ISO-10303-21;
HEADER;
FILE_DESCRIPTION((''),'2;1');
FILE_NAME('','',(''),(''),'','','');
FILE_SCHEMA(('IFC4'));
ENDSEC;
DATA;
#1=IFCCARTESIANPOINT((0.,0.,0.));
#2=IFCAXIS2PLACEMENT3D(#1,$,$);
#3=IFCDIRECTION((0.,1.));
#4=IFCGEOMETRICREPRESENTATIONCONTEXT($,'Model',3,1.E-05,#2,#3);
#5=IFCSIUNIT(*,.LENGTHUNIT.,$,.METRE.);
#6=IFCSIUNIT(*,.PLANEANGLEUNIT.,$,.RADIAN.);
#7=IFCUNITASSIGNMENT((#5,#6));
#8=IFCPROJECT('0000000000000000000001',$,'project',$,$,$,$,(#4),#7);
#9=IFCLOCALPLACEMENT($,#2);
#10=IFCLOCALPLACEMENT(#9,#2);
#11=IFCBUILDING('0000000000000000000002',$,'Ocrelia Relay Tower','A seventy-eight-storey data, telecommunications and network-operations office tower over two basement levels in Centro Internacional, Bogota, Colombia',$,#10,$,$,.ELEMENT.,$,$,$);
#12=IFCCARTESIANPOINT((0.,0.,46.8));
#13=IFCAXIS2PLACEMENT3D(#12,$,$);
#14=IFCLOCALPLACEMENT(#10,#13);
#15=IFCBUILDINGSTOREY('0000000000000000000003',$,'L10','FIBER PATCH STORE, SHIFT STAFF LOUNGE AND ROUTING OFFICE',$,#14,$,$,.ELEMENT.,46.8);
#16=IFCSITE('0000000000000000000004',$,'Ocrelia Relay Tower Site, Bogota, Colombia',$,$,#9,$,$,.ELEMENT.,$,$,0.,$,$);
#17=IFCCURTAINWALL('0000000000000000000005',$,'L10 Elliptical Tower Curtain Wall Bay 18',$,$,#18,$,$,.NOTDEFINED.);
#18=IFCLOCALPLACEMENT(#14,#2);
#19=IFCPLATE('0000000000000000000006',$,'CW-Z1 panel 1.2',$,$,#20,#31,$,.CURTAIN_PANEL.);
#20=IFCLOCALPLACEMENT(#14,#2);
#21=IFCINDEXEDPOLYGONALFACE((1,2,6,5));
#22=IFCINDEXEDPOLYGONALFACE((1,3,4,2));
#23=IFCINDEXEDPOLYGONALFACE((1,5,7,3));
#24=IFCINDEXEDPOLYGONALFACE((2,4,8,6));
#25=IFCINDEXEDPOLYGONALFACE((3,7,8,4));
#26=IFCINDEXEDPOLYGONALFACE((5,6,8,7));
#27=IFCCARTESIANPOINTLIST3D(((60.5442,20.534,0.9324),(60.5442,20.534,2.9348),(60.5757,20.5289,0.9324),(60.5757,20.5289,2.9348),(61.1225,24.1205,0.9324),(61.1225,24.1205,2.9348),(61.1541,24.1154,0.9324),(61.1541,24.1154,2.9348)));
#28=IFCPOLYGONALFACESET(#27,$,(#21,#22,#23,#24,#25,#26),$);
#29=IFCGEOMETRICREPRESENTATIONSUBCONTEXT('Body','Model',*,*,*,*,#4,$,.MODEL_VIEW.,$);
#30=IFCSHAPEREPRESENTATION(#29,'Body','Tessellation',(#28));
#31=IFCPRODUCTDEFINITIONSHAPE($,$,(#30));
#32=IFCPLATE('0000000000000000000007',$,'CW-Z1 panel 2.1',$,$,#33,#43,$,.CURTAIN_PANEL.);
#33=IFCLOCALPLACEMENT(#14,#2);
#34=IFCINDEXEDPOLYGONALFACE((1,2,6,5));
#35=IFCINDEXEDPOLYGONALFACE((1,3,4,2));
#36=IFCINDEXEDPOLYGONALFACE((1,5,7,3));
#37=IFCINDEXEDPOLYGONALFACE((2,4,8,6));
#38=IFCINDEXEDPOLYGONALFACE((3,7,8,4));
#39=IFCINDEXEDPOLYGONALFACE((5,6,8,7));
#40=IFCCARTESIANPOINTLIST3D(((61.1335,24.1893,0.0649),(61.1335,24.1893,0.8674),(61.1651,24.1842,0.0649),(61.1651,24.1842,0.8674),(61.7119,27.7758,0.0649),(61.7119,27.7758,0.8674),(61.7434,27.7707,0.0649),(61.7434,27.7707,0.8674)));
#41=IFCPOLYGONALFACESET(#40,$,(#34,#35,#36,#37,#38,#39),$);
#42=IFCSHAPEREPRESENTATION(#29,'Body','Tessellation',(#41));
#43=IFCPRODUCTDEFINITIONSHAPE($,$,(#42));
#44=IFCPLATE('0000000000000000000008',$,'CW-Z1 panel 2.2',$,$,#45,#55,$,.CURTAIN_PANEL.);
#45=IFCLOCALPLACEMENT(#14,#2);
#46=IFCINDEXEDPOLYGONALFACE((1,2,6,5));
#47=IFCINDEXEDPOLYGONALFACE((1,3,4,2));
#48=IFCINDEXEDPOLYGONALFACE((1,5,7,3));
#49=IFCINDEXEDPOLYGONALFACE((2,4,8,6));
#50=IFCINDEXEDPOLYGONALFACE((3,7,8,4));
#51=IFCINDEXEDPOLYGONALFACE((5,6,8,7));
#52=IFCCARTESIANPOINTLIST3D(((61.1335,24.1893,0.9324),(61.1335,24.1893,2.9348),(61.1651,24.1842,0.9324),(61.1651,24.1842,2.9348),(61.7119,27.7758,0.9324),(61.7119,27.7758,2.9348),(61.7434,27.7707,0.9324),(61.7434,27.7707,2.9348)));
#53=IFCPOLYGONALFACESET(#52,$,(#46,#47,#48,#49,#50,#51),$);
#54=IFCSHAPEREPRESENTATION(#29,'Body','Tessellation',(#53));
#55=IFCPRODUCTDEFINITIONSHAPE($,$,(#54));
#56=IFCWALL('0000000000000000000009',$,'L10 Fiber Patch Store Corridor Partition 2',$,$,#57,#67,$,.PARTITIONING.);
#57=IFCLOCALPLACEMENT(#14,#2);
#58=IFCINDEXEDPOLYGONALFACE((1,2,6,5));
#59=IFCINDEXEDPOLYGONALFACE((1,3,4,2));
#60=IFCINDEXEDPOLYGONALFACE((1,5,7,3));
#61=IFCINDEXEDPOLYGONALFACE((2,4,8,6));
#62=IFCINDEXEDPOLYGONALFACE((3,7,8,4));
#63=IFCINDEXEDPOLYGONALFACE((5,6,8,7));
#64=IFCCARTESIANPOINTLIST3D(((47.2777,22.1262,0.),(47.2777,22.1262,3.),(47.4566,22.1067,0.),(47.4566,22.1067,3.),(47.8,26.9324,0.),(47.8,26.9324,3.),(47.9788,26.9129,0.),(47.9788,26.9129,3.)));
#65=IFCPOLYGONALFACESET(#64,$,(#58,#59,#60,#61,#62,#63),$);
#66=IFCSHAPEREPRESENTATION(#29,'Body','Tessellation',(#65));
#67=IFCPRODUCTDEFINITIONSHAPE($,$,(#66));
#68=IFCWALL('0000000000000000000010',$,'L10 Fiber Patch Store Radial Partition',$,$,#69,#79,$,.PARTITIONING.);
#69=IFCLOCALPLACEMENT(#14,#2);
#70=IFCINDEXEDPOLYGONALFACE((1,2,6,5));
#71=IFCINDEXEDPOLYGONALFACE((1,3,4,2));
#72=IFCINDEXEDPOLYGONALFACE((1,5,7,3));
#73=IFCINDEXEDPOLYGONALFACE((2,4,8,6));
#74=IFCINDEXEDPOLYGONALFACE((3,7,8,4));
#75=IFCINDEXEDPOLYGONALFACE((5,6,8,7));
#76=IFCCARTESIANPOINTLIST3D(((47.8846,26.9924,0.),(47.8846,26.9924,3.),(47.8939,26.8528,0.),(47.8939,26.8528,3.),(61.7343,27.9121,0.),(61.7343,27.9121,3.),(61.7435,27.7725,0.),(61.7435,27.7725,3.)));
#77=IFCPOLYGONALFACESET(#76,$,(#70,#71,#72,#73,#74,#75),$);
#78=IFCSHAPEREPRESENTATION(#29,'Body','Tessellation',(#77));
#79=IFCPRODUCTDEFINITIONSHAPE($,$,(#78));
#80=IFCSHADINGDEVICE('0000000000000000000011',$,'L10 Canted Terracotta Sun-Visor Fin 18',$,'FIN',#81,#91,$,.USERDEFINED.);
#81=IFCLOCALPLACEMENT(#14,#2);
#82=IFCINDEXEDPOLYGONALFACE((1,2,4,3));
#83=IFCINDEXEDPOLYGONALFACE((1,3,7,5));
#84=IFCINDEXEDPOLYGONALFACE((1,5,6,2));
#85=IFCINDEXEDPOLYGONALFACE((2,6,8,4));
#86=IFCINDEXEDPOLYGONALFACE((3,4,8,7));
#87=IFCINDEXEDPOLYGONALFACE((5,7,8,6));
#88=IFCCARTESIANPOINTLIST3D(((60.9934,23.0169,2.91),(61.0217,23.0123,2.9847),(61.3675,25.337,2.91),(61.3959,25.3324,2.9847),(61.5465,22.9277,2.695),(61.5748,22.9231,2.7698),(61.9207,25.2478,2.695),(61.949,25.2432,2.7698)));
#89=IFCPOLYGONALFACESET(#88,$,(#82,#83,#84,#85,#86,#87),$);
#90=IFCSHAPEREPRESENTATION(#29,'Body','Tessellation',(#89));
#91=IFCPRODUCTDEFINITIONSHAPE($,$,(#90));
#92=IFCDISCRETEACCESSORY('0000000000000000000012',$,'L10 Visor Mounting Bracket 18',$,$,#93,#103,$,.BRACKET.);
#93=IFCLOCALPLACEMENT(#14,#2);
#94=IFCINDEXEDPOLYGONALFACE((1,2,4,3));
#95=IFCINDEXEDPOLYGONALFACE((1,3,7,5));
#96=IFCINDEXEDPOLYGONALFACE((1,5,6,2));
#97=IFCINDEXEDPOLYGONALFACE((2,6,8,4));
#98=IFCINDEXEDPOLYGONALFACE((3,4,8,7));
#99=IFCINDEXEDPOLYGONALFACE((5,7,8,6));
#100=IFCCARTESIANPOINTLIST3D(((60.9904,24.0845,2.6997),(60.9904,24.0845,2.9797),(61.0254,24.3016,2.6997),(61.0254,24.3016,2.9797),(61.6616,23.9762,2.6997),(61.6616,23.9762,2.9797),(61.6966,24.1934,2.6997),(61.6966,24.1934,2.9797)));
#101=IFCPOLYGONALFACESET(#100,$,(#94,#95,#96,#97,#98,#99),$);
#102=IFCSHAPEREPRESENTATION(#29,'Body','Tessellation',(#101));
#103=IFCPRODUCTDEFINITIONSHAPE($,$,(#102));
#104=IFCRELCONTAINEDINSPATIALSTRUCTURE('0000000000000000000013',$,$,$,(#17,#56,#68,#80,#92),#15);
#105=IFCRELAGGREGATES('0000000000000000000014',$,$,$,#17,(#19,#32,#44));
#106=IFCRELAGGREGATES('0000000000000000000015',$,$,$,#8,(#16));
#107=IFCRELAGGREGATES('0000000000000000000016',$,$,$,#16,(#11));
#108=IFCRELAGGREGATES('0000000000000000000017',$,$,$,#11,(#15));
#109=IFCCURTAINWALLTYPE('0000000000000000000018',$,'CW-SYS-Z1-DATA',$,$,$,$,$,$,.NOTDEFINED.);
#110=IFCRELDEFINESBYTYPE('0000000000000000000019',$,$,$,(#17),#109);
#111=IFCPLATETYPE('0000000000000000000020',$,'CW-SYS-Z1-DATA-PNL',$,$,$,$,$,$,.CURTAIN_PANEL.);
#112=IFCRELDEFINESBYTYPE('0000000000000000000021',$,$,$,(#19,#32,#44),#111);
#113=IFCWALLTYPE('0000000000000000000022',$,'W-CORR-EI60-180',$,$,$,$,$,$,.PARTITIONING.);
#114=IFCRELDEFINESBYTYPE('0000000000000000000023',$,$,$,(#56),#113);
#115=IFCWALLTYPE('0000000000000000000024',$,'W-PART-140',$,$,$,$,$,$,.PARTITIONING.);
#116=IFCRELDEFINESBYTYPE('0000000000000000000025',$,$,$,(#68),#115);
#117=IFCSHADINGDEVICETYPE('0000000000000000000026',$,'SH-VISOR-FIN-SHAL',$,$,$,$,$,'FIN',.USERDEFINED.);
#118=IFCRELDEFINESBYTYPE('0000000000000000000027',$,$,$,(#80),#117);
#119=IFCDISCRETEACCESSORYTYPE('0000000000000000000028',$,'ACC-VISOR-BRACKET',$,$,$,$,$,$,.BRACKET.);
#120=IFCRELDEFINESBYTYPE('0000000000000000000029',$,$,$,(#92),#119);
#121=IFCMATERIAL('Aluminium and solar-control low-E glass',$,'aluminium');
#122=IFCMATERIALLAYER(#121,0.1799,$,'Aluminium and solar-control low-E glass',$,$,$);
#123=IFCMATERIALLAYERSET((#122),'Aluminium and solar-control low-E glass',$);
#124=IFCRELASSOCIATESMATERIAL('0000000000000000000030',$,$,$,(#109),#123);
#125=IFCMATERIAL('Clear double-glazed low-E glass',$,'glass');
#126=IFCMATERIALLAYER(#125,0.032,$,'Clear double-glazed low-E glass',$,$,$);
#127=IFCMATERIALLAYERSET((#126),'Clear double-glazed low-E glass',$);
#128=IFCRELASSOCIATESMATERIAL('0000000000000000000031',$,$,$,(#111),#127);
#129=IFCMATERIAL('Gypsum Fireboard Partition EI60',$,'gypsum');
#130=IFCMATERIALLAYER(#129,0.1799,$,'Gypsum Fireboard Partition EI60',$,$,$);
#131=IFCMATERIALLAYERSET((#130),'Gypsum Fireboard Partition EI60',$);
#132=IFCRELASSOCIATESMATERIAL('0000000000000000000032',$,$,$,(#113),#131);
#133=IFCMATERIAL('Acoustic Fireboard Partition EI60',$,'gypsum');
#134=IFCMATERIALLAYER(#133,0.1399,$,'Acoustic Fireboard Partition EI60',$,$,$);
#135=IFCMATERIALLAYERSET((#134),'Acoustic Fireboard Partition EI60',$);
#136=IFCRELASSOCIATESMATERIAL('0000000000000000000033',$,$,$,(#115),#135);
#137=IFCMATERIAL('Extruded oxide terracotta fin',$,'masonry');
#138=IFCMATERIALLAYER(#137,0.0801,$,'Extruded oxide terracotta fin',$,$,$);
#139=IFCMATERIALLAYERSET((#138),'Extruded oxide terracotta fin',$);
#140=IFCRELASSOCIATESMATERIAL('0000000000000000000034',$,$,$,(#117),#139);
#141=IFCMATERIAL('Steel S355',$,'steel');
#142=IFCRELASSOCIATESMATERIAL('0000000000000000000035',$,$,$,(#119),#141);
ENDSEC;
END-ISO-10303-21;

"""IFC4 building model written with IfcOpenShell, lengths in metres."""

from ifc_helpers import new_model, si_unit, direction, frame, frame_2d, origin, origin_2d, place, context, subcontext, project, spatial, rectangle, extrude, material, layer, layer_set, type_object, element, aggregate, save


model = new_model("IFC4")

# Units and contexts
model_context = context("Model", 3, precision=1e-05, world=origin(), true_north=direction((0.0, 1.0)))
body_context = subcontext(model_context, "Body", "Model", "MODEL_VIEW")
ifc_project = project(units=[si_unit("LENGTHUNIT", "METRE"), si_unit("PLANEANGLEUNIT", "RADIAN")], contexts=[model_context])

# Site, building, storey
site_placement = place(None, origin())
site = spatial("IfcSite", under=ifc_project, at=site_placement, Name="Ocrelia Relay Tower Site, Bogota, Colombia", CompositionType="ELEMENT", RefElevation=0.0)
building_placement = place(site_placement, origin())
building = spatial("IfcBuilding", under=site, at=building_placement, Name="Ocrelia Relay Tower", Description="A seventy-eight-storey data, telecommunications and network-operations office tower over two basement levels in Centro Internacional, Bogota, Colombia", CompositionType="ELEMENT")
storey_placement = place(building_placement, frame((0.0, 0.0, 46.8)))
storey = spatial("IfcBuildingStorey", under=building, at=storey_placement, Name="L10", Description="FIBER PATCH STORE, SHIFT STAFF LOUNGE AND ROUTING OFFICE", CompositionType="ELEMENT", Elevation=46.8)

# Shared definitions
ifc_material_1 = material(Name="Steel S355", Category="steel")

# Curtain wall, plates
ifc_material_2 = material(Name="Aluminium and solar-control low-E glass", Category="aluminium")
ifc_layer_1 = layer(ifc_material_2, 0.1799, Name="Aluminium and solar-control low-E glass")
ifc_layer_set_1 = layer_set([ifc_layer_1], Name="Aluminium and solar-control low-E glass")
curtain_wall_type = type_object("IfcCurtainWallType", Name="CW-SYS-Z1-DATA", PredefinedType="NOTDEFINED", material=ifc_layer_set_1)
curtain_wall_placement = place(storey_placement, origin())
curtain_wall = element("IfcCurtainWall", 1, at=curtain_wall_placement, inside=storey, type_object=curtain_wall_type, Name="L10 Elliptical Tower Curtain Wall Bay 18", PredefinedType="NOTDEFINED")
ifc_material_3 = material(Name="Clear double-glazed low-E glass", Category="glass")
ifc_layer_2 = layer(ifc_material_3, 0.032, Name="Clear double-glazed low-E glass")
ifc_layer_set_2 = layer_set([ifc_layer_2], Name="Clear double-glazed low-E glass")
plate_type = type_object("IfcPlateType", Name="CW-SYS-Z1-DATA-PNL", PredefinedType="CURTAIN_PANEL", material=ifc_layer_set_2)
plate_1_placement = place(storey_placement, frame((60.8491, 22.3247, 0.9324), z_axis=(0.0, 0.0, 1.0), x_axis=(0.159201, 0.987246, 0.0)))
plate_1 = element("IfcPlate", 2, at=plate_1_placement, type_object=plate_type, Name="CW-Z1 panel 1.2", PredefinedType="CURTAIN_PANEL", context=body_context, shape_type="SweptSolid", body=[
    extrude(rectangle(XDim=3.6328, YDim=0.032, at=origin_2d()), origin(), (0.0, 0.0, 1.0), 2.0024),
])
plate_2_placement = place(storey_placement, frame((61.4385, 25.98, 0.0649), z_axis=(0.0, 0.0, 1.0), x_axis=(0.159201, 0.987246, 0.0)))
plate_2 = element("IfcPlate", 3, at=plate_2_placement, type_object=plate_type, Name="CW-Z1 panel 2.1", PredefinedType="CURTAIN_PANEL", context=body_context, shape_type="SweptSolid", body=[
    extrude(rectangle(XDim=3.6328, YDim=0.032, at=origin_2d()), origin(), (0.0, 0.0, 1.0), 0.8025),
])
plate_3_placement = place(storey_placement, frame((61.4385, 25.98, 0.9324), z_axis=(0.0, 0.0, 1.0), x_axis=(0.159201, 0.987246, 0.0)))
plate_3 = element("IfcPlate", 4, at=plate_3_placement, type_object=plate_type, Name="CW-Z1 panel 2.2", PredefinedType="CURTAIN_PANEL", context=body_context, shape_type="SweptSolid", body=[
    extrude(rectangle(XDim=3.6328, YDim=0.032, at=origin_2d()), origin(), (0.0, 0.0, 1.0), 2.0024),
])
aggregate(curtain_wall, [plate_1, plate_2, plate_3])

# Wall
ifc_material_4 = material(Name="Gypsum Fireboard Partition EI60", Category="gypsum")
ifc_layer_3 = layer(ifc_material_4, 0.1799, Name="Gypsum Fireboard Partition EI60")
ifc_layer_set_3 = layer_set([ifc_layer_3], Name="Gypsum Fireboard Partition EI60")
wall_type_1 = type_object("IfcWallType", Name="W-CORR-EI60-180", PredefinedType="PARTITIONING", material=ifc_layer_set_3)
wall_1_placement = place(storey_placement, frame((47.3672, 22.1165, 0.0), z_axis=(0.0, 0.0, 1.0), x_axis=(0.10802, 0.994149, 0.0)))
element("IfcWall", 5, at=wall_1_placement, inside=storey, type_object=wall_type_1, Name="L10 Fiber Patch Store Corridor Partition 2", PredefinedType="PARTITIONING", context=body_context, shape_type="SweptSolid", body=[
    extrude(rectangle(XDim=4.8345, YDim=0.1799, at=frame_2d((2.4172, 0.0))), origin(), (0.0, 0.0, 1.0), 3.0),
])

# Wall
ifc_material_5 = material(Name="Acoustic Fireboard Partition EI60", Category="gypsum")
ifc_layer_4 = layer(ifc_material_5, 0.1399, Name="Acoustic Fireboard Partition EI60")
ifc_layer_set_4 = layer_set([ifc_layer_4], Name="Acoustic Fireboard Partition EI60")
wall_type_2 = type_object("IfcWallType", Name="W-PART-140", PredefinedType="PARTITIONING", material=ifc_layer_set_4)
wall_2_placement = place(storey_placement, frame((47.8894, 26.9226, 0.0), z_axis=(0.0, 0.0, 1.0), x_axis=(0.997802, 0.066259, 0.0)))
element("IfcWall", 6, at=wall_2_placement, inside=storey, type_object=wall_type_2, Name="L10 Fiber Patch Store Radial Partition", PredefinedType="PARTITIONING", context=body_context, shape_type="SweptSolid", body=[
    extrude(rectangle(XDim=13.8801, YDim=0.1399, at=frame_2d((6.9399, 0.0))), origin(), (0.0, 0.0, 1.0), 3.0),
])

# Shading device
ifc_material_6 = material(Name="Extruded oxide terracotta fin", Category="masonry")
ifc_layer_5 = layer(ifc_material_6, 0.0801, Name="Extruded oxide terracotta fin")
ifc_layer_set_5 = layer_set([ifc_layer_5], Name="Extruded oxide terracotta fin")
shading_device_type = type_object("IfcShadingDeviceType", Name="SH-VISOR-FIN-SHAL", ElementType="FIN", PredefinedType="USERDEFINED", material=ifc_layer_set_5)
shading_device_placement = place(storey_placement, frame((61.457, 24.1323, 2.8025), z_axis=(0.353637, -0.057027, 0.933643), x_axis=(0.159201, 0.987246, 0.0)))
element("IfcShadingDevice", 7, at=shading_device_placement, inside=storey, type_object=shading_device_type, Name="L10 Canted Terracotta Sun-Visor Fin 18", ObjectType="FIN", PredefinedType="USERDEFINED", context=body_context, shape_type="SweptSolid", body=[
    extrude(rectangle(XDim=2.3501, YDim=0.6001, at=origin_2d()), origin(), (0.0, 0.0, 1.0), 0.0801),
])

# Discrete accessory
discrete_accessory_type = type_object("IfcDiscreteAccessoryType", Name="ACC-VISOR-BRACKET", PredefinedType="BRACKET", material=ifc_material_1)
discrete_accessory_placement = place(storey_placement, frame((61.3435, 24.1389, 2.6997), z_axis=(0.0, 0.0, 1.0), x_axis=(0.159201, 0.987246, 0.0)))
element("IfcDiscreteAccessory", 8, at=discrete_accessory_placement, inside=storey, type_object=discrete_accessory_type, Name="L10 Visor Mounting Bracket 18", PredefinedType="BRACKET", context=body_context, shape_type="SweptSolid", body=[
    extrude(rectangle(XDim=0.22, YDim=0.6799, at=origin_2d()), origin(), (0.0, 0.0, 1.0), 0.28),
])

save(model, "model.ifc")
